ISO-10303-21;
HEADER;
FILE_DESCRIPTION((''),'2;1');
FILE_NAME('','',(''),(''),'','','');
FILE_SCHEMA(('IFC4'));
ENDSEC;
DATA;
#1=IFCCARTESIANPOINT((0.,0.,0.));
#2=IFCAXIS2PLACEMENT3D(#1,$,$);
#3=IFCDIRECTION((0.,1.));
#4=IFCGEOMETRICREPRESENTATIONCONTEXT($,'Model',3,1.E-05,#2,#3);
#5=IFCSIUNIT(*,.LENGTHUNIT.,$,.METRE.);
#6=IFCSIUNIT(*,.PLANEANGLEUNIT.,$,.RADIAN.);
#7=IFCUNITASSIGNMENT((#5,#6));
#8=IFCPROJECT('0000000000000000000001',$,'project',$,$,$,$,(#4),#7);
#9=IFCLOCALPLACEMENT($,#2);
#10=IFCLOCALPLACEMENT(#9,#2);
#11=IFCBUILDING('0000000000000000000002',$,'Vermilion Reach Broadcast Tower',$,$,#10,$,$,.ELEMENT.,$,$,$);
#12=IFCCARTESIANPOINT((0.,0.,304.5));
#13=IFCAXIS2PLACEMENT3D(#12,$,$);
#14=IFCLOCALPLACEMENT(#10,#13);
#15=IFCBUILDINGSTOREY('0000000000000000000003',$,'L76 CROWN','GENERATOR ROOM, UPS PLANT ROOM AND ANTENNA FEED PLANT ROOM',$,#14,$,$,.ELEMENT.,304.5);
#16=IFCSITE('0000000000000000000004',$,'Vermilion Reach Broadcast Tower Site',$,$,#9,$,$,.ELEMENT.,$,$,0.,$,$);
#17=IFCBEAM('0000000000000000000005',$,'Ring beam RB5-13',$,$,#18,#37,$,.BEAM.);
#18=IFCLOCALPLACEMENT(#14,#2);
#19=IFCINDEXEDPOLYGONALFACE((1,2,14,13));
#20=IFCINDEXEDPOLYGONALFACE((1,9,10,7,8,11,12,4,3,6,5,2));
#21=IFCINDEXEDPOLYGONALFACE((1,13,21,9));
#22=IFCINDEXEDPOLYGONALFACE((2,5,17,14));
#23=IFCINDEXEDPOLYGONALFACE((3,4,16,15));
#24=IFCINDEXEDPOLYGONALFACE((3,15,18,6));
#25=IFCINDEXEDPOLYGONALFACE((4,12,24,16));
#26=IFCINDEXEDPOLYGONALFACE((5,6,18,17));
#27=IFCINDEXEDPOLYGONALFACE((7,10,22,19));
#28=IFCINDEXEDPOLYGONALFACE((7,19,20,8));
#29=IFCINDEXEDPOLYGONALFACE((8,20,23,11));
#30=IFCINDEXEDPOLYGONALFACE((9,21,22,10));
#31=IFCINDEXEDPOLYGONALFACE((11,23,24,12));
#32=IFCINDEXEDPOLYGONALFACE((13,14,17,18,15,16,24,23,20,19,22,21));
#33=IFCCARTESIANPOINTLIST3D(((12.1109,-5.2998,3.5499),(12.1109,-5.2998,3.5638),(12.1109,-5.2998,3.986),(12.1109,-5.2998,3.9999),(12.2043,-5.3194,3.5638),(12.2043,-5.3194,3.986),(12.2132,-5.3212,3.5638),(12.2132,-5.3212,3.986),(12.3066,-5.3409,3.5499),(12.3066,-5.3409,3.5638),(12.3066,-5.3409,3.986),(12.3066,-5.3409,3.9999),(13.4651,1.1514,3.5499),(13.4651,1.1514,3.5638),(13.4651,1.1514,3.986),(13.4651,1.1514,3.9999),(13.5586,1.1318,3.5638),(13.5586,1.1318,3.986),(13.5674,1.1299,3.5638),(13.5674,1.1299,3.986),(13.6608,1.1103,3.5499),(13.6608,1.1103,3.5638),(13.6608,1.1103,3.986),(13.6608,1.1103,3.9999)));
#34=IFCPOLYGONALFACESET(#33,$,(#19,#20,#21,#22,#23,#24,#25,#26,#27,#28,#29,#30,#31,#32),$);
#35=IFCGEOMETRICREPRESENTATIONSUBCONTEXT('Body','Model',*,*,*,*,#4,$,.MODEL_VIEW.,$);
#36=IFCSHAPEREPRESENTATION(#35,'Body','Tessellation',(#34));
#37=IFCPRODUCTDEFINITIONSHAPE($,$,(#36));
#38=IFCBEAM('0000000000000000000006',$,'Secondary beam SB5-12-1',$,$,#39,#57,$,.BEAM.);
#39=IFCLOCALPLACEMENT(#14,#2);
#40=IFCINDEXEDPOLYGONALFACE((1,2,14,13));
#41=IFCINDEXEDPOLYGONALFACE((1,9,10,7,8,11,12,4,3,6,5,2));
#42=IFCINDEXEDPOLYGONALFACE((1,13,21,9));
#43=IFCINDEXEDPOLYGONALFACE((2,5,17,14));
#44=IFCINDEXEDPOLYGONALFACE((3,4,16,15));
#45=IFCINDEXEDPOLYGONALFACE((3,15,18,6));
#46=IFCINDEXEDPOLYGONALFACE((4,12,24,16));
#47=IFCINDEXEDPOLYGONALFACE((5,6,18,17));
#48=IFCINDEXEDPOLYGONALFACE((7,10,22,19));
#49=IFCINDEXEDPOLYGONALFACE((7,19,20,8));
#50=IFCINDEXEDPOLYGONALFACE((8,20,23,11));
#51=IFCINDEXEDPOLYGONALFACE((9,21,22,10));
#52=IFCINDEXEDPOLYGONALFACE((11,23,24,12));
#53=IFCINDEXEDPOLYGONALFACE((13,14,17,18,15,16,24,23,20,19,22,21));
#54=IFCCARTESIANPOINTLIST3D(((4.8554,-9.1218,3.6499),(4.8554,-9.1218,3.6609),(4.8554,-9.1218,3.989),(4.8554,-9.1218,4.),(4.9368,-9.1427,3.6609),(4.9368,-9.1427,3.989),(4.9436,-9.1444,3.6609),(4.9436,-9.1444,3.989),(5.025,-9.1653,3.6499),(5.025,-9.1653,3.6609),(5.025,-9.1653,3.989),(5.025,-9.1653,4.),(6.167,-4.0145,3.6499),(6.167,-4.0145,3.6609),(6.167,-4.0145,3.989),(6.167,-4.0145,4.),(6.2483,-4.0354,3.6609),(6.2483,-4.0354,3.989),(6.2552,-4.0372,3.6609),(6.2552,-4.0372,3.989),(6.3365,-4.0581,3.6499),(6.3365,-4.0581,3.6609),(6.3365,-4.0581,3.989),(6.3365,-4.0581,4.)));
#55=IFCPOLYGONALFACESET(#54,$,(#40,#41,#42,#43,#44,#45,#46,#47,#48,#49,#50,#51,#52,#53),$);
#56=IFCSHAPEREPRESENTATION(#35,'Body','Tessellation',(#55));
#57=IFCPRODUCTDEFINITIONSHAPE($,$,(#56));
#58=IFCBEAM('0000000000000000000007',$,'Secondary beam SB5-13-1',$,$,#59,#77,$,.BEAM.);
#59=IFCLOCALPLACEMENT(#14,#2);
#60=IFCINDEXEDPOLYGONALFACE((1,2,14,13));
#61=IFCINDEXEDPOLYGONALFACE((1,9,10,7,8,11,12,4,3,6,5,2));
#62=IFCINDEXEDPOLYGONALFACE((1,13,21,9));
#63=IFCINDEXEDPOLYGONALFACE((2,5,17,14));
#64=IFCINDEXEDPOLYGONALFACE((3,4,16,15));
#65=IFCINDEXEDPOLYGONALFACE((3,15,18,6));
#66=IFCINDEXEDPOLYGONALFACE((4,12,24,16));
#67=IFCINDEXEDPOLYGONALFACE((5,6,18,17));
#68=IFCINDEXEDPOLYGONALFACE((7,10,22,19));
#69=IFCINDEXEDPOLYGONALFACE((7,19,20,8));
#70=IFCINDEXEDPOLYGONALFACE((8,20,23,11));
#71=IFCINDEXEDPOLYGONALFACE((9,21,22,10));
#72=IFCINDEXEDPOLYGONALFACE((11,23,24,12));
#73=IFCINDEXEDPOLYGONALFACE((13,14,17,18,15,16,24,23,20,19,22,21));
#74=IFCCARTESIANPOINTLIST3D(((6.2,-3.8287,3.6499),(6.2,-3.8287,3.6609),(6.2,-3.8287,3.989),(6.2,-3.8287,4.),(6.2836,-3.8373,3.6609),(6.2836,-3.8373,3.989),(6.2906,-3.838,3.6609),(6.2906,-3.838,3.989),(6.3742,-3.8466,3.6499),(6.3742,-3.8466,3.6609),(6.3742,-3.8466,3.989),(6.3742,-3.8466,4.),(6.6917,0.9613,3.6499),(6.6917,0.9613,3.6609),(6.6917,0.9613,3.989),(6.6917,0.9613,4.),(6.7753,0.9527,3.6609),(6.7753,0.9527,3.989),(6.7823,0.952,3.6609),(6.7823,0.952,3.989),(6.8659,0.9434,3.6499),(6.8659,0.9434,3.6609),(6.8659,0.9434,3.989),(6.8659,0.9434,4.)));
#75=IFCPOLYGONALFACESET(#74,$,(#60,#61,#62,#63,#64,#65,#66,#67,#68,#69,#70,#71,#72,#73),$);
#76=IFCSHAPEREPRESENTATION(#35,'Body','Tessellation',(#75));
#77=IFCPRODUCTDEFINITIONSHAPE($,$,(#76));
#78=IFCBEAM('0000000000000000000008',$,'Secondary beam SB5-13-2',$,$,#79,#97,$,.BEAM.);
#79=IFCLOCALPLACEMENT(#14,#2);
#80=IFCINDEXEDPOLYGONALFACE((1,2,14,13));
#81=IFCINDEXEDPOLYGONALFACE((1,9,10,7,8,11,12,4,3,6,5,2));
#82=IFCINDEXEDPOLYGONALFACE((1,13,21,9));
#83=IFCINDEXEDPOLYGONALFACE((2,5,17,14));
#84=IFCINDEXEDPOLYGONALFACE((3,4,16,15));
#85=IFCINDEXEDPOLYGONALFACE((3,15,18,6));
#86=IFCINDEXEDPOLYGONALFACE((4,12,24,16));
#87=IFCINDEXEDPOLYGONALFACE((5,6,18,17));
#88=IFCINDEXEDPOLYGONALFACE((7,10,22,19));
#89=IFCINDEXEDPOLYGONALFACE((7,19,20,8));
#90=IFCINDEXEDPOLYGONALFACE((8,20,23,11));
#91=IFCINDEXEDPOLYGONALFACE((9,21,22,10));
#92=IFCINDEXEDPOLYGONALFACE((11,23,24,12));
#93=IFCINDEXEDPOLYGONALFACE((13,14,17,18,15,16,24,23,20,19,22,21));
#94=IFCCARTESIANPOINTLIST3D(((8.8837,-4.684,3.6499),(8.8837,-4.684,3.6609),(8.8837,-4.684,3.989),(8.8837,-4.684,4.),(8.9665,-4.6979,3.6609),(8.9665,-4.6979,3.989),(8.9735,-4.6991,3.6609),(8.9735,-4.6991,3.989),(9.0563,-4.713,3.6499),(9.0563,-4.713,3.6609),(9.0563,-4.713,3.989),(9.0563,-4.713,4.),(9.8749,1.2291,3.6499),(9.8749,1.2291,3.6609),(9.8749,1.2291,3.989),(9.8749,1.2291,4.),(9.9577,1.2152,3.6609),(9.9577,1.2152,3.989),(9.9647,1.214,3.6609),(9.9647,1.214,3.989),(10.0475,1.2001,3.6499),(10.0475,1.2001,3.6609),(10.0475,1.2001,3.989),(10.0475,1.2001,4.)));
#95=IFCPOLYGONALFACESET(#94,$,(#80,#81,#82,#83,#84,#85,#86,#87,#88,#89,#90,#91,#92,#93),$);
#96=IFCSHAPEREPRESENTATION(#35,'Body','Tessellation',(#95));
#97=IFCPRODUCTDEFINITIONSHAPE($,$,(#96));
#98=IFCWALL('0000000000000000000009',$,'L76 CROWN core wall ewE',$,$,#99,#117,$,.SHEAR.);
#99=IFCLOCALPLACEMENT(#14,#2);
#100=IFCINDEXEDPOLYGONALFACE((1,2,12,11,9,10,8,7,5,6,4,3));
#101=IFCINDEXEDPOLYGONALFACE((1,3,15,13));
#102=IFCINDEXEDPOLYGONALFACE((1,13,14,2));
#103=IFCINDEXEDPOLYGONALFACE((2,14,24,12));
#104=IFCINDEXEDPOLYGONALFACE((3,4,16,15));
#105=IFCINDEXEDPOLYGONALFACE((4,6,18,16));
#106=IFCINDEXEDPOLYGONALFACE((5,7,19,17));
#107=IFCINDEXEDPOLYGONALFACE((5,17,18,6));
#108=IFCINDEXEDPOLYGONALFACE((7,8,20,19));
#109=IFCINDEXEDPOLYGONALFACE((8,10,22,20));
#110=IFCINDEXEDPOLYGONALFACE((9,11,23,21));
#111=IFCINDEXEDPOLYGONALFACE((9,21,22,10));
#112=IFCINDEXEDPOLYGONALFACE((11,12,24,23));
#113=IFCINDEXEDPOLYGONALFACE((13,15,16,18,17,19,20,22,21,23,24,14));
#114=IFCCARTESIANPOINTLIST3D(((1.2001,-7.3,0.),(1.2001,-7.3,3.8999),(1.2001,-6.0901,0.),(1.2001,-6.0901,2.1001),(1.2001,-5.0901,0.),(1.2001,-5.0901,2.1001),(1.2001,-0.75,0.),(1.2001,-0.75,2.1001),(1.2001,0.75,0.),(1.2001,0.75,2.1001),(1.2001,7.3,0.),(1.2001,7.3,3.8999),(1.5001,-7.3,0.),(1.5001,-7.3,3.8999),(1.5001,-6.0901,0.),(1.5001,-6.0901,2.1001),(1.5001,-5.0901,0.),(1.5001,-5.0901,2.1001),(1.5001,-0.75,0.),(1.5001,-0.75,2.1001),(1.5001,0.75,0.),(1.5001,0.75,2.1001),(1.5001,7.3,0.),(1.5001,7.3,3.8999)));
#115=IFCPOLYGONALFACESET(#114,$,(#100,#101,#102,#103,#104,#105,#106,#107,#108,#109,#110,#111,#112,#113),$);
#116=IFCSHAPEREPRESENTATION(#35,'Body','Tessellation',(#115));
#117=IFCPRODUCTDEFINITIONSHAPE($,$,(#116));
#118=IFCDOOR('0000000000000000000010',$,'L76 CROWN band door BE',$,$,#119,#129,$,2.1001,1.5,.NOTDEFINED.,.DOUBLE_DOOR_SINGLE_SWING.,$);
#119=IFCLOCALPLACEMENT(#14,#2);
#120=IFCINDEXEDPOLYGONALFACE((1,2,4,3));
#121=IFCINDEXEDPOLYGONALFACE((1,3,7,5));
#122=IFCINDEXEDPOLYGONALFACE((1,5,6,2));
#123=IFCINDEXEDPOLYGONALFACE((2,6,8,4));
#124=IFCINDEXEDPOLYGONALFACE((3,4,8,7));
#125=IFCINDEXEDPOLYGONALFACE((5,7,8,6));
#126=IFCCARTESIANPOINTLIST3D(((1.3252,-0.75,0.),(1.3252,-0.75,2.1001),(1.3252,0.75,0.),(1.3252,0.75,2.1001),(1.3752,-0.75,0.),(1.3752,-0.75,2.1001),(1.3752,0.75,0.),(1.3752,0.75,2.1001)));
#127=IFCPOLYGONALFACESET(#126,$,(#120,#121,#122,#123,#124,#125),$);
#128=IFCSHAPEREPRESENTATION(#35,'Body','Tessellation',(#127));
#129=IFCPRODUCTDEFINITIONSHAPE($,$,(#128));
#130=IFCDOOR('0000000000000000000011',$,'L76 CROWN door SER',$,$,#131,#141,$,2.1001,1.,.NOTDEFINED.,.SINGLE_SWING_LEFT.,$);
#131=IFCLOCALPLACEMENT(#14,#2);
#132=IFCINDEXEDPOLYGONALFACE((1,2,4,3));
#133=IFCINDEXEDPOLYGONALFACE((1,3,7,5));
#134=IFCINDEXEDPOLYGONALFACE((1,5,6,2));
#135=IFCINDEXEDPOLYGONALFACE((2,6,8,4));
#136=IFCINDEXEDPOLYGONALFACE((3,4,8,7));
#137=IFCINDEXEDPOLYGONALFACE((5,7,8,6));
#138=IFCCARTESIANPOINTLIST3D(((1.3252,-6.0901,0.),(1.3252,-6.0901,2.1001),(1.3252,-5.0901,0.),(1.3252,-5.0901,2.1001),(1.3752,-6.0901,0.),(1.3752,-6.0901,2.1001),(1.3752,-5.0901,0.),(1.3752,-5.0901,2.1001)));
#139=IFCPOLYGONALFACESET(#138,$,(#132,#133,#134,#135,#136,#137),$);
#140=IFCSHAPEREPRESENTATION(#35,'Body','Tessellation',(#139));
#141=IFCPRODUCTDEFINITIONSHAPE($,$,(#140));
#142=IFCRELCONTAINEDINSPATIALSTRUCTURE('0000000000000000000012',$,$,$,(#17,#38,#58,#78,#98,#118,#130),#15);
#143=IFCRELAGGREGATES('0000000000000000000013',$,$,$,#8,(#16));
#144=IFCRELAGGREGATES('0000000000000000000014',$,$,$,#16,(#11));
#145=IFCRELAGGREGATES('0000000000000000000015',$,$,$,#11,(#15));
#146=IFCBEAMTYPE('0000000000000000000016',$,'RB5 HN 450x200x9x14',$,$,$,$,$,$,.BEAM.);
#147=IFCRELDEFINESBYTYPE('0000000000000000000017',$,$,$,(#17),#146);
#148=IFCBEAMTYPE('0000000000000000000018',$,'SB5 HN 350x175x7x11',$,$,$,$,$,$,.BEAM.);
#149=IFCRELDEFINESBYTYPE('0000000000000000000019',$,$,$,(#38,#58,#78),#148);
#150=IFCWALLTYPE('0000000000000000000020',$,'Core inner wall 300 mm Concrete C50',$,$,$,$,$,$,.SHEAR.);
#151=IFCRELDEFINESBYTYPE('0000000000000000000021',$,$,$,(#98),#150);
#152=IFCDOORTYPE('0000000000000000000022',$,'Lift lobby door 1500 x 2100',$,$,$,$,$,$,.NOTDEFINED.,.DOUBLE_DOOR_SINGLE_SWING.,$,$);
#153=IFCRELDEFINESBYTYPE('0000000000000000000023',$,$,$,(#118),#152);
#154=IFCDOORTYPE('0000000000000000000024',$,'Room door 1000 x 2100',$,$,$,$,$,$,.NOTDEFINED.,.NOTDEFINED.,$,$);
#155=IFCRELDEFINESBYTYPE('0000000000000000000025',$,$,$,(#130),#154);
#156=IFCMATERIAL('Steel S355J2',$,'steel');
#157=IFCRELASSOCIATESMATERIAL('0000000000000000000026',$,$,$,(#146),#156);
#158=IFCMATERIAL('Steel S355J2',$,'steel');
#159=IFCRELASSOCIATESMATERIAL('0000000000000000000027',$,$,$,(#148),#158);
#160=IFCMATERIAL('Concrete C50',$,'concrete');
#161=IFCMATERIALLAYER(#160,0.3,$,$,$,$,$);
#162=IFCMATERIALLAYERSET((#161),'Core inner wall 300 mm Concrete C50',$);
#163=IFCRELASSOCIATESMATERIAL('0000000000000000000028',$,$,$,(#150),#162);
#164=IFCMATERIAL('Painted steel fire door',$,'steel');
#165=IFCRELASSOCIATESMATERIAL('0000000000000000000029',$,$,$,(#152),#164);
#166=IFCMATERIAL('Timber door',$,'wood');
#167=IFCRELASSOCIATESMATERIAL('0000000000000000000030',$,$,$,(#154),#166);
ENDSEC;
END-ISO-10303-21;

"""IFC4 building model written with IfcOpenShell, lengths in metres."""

from ifc_helpers import new_model, si_unit, direction, frame, frame_2d, origin, origin_2d, place, context, subcontext, project, spatial, rectangle, i_section, extrude, material, layer, layer_set, material_profile, profile_set, type_object, element, fill, save


model = new_model("IFC4")

# Units and contexts
model_context = context("Model", 3, precision=1e-05, world=origin(), true_north=direction((0.0, 1.0)))
body_context = subcontext(model_context, "Body", "Model", "MODEL_VIEW")
ifc_project = project(units=[si_unit("LENGTHUNIT", "METRE"), si_unit("PLANEANGLEUNIT", "RADIAN")], contexts=[model_context])

# Site, building, storey
site_placement = place(None, origin())
site = spatial("IfcSite", under=ifc_project, at=site_placement, Name="Vermilion Reach Broadcast Tower Site", CompositionType="ELEMENT", RefElevation=0.0)
building_placement = place(site_placement, origin())
building = spatial("IfcBuilding", under=site, at=building_placement, Name="Vermilion Reach Broadcast Tower", CompositionType="ELEMENT")
storey_placement = place(building_placement, frame((0.0, 0.0, 304.5)))
storey = spatial("IfcBuildingStorey", under=building, at=storey_placement, Name="L76 CROWN", Description="GENERATOR ROOM, UPS PLANT ROOM AND ANTENNA FEED PLANT ROOM", CompositionType="ELEMENT", Elevation=304.5)

# Beams
ifc_material_1 = material(Name="Steel S355J2", Category="steel")
ifc_material_profile_1 = material_profile(ifc_material_1, i_section(OverallWidth=0.2, OverallDepth=0.45, WebThickness=0.009, FlangeThickness=0.0139, at=origin_2d()), Name="S355J2 HN 450x200x9x14")
ifc_profile_set_1 = profile_set([ifc_material_profile_1], Name="Steel S355J2")
beam_type_1 = type_object("IfcBeamType", Name="RB5 HN 450x200x9x14", PredefinedType="BEAM", material=ifc_profile_set_1)
beam_1_placement = place(storey_placement, frame((12.2087, -5.3203, 3.7749), z_axis=(0.205445, 0.978669, 0.0), x_axis=(-0.978669, 0.205445, 0.0)))
element("IfcBeam", 1, at=beam_1_placement, inside=storey, type_object=beam_type_1, Name="Ring beam RB5-13", PredefinedType="BEAM", context=body_context, shape_type="SweptSolid", body=[
    extrude(i_section(OverallWidth=0.2, OverallDepth=0.45, WebThickness=0.009, FlangeThickness=0.0139, at=origin_2d()), origin(), (0.0, 0.0, 1.0), 6.5918),
])
ifc_material_2 = material(Name="Steel S355J2", Category="steel")
ifc_material_profile_2 = material_profile(ifc_material_2, i_section(OverallWidth=0.175, OverallDepth=0.3501, WebThickness=0.0071, FlangeThickness=0.011, at=origin_2d()), Name="S355J2 HN 350x175x7x11")
ifc_profile_set_2 = profile_set([ifc_material_profile_2], Name="Steel S355J2")
beam_type_2 = type_object("IfcBeamType", Name="SB5 HN 350x175x7x11", PredefinedType="BEAM", material=ifc_profile_set_2)
beam_2_placement = place(storey_placement, frame((4.9402, -9.1436, 3.825), z_axis=(0.24873, 0.968573, 0.0), x_axis=(-0.968573, 0.24873, 0.0)))
element("IfcBeam", 2, at=beam_2_placement, inside=storey, type_object=beam_type_2, Name="Secondary beam SB5-12-1", PredefinedType="BEAM", context=body_context, shape_type="SweptSolid", body=[
    extrude(i_section(OverallWidth=0.175, OverallDepth=0.3501, WebThickness=0.0071, FlangeThickness=0.011, at=origin_2d()), origin(), (0.0, 0.0, 1.0), 5.2729),
])
beam_3_placement = place(storey_placement, frame((6.2871, -3.8376, 3.825), z_axis=(0.102114, 0.994773, 0.0), x_axis=(-0.994773, 0.102114, 0.0)))
element("IfcBeam", 3, at=beam_3_placement, inside=storey, type_object=beam_type_2, Name="Secondary beam SB5-13-1", PredefinedType="BEAM", context=body_context, shape_type="SweptSolid", body=[
    extrude(i_section(OverallWidth=0.175, OverallDepth=0.3501, WebThickness=0.0071, FlangeThickness=0.011, at=origin_2d()), origin(), (0.0, 0.0, 1.0), 4.8152),
])
beam_4_placement = place(storey_placement, frame((8.97, -4.6985, 3.825), z_axis=(0.165323, 0.986239, 0.0), x_axis=(-0.986239, 0.165323, 0.0)))
element("IfcBeam", 4, at=beam_4_placement, inside=storey, type_object=beam_type_2, Name="Secondary beam SB5-13-2", PredefinedType="BEAM", context=body_context, shape_type="SweptSolid", body=[
    extrude(i_section(OverallWidth=0.175, OverallDepth=0.3501, WebThickness=0.0071, FlangeThickness=0.011, at=origin_2d()), origin(), (0.0, 0.0, 1.0), 5.9956),
])

# Wall, openings, doors
ifc_material_3 = material(Name="Concrete C50", Category="concrete")
ifc_layer_1 = layer(ifc_material_3, 0.3)
ifc_layer_set_1 = layer_set([ifc_layer_1], Name="Core inner wall 300 mm Concrete C50")
wall_type_1 = type_object("IfcWallType", Name="Core inner wall 300 mm Concrete C50", PredefinedType="SHEAR", material=ifc_layer_set_1)
wall_1_placement = place(storey_placement, frame((1.3501, -7.3, 0.0), z_axis=(0.0, 0.0, 1.0), x_axis=(0.0, 1.0, 0.0)))
wall_1 = element("IfcWall", 5, at=wall_1_placement, inside=storey, type_object=wall_type_1, Name="L76 CROWN core wall ewE", PredefinedType="SHEAR", context=body_context, shape_type="SweptSolid", body=[
    extrude(rectangle(XDim=14.6001, YDim=0.3, at=frame_2d((7.3, 0.0))), origin(), (0.0, 0.0, 1.0), 3.8999),
])
opening_1_placement = place(wall_1_placement, frame((1.21, 0.0, 0.0)))
opening_1 = element("IfcOpeningElement", 6, at=opening_1_placement, cuts=wall_1, PredefinedType="OPENING", context=body_context, shape_type="SweptSolid", body=[
    extrude(rectangle(XDim=1.0, YDim=2.1001, at=frame_2d((0.5, 1.05))), frame((0.0, 0.1599, 0.0), z_axis=(0.0, -1.0, 0.0), x_axis=(1.0, 0.0, 0.0)), (0.0, 0.0, 1.0), 0.3201),
])
opening_2_placement = place(wall_1_placement, frame((6.55, 0.0, 0.0)))
opening_2 = element("IfcOpeningElement", 7, at=opening_2_placement, cuts=wall_1, PredefinedType="OPENING", context=body_context, shape_type="SweptSolid", body=[
    extrude(rectangle(XDim=1.5, YDim=2.1001, at=frame_2d((0.75, 1.05))), frame((0.0, 0.1599, 0.0), z_axis=(0.0, -1.0, 0.0), x_axis=(1.0, 0.0, 0.0)), (0.0, 0.0, 1.0), 0.3201),
])
ifc_material_4 = material(Name="Painted steel fire door", Category="steel")
door_type_1 = type_object("IfcDoorType", Name="Lift lobby door 1500 x 2100", OperationType="DOUBLE_DOOR_SINGLE_SWING", PredefinedType="NOTDEFINED", material=ifc_material_4)
door_1_placement = place(opening_2_placement, origin())
door_1 = element("IfcDoor", 8, at=door_1_placement, inside=storey, type_object=door_type_1, Name="L76 CROWN band door BE", OperationType="DOUBLE_DOOR_SINGLE_SWING", OverallHeight=2.1001, OverallWidth=1.5, PredefinedType="NOTDEFINED", context=body_context, shape_type="SweptSolid", body=[
    extrude(rectangle(XDim=1.5, YDim=2.1001, at=frame_2d((0.75, 1.05))), frame((0.0, 0.0249, 0.0), z_axis=(0.0, -1.0, 0.0), x_axis=(1.0, 0.0, 0.0)), (0.0, 0.0, 1.0), 0.05),
])
fill(opening_2, door_1)
ifc_material_5 = material(Name="Timber door", Category="wood")
door_type_2 = type_object("IfcDoorType", Name="Room door 1000 x 2100", OperationType="NOTDEFINED", PredefinedType="NOTDEFINED", material=ifc_material_5)
door_2_placement = place(opening_1_placement, origin())
door_2 = element("IfcDoor", 9, at=door_2_placement, inside=storey, type_object=door_type_2, Name="L76 CROWN door SER", OperationType="SINGLE_SWING_LEFT", OverallHeight=2.1001, OverallWidth=1.0, PredefinedType="NOTDEFINED", context=body_context, shape_type="SweptSolid", body=[
    extrude(rectangle(XDim=1.0, YDim=2.1001, at=frame_2d((0.5, 1.05))), frame((0.0, 0.0249, 0.0), z_axis=(0.0, -1.0, 0.0), x_axis=(1.0, 0.0, 0.0)), (0.0, 0.0, 1.0), 0.05),
])
fill(opening_1, door_2)

save(model, "model.ifc")
